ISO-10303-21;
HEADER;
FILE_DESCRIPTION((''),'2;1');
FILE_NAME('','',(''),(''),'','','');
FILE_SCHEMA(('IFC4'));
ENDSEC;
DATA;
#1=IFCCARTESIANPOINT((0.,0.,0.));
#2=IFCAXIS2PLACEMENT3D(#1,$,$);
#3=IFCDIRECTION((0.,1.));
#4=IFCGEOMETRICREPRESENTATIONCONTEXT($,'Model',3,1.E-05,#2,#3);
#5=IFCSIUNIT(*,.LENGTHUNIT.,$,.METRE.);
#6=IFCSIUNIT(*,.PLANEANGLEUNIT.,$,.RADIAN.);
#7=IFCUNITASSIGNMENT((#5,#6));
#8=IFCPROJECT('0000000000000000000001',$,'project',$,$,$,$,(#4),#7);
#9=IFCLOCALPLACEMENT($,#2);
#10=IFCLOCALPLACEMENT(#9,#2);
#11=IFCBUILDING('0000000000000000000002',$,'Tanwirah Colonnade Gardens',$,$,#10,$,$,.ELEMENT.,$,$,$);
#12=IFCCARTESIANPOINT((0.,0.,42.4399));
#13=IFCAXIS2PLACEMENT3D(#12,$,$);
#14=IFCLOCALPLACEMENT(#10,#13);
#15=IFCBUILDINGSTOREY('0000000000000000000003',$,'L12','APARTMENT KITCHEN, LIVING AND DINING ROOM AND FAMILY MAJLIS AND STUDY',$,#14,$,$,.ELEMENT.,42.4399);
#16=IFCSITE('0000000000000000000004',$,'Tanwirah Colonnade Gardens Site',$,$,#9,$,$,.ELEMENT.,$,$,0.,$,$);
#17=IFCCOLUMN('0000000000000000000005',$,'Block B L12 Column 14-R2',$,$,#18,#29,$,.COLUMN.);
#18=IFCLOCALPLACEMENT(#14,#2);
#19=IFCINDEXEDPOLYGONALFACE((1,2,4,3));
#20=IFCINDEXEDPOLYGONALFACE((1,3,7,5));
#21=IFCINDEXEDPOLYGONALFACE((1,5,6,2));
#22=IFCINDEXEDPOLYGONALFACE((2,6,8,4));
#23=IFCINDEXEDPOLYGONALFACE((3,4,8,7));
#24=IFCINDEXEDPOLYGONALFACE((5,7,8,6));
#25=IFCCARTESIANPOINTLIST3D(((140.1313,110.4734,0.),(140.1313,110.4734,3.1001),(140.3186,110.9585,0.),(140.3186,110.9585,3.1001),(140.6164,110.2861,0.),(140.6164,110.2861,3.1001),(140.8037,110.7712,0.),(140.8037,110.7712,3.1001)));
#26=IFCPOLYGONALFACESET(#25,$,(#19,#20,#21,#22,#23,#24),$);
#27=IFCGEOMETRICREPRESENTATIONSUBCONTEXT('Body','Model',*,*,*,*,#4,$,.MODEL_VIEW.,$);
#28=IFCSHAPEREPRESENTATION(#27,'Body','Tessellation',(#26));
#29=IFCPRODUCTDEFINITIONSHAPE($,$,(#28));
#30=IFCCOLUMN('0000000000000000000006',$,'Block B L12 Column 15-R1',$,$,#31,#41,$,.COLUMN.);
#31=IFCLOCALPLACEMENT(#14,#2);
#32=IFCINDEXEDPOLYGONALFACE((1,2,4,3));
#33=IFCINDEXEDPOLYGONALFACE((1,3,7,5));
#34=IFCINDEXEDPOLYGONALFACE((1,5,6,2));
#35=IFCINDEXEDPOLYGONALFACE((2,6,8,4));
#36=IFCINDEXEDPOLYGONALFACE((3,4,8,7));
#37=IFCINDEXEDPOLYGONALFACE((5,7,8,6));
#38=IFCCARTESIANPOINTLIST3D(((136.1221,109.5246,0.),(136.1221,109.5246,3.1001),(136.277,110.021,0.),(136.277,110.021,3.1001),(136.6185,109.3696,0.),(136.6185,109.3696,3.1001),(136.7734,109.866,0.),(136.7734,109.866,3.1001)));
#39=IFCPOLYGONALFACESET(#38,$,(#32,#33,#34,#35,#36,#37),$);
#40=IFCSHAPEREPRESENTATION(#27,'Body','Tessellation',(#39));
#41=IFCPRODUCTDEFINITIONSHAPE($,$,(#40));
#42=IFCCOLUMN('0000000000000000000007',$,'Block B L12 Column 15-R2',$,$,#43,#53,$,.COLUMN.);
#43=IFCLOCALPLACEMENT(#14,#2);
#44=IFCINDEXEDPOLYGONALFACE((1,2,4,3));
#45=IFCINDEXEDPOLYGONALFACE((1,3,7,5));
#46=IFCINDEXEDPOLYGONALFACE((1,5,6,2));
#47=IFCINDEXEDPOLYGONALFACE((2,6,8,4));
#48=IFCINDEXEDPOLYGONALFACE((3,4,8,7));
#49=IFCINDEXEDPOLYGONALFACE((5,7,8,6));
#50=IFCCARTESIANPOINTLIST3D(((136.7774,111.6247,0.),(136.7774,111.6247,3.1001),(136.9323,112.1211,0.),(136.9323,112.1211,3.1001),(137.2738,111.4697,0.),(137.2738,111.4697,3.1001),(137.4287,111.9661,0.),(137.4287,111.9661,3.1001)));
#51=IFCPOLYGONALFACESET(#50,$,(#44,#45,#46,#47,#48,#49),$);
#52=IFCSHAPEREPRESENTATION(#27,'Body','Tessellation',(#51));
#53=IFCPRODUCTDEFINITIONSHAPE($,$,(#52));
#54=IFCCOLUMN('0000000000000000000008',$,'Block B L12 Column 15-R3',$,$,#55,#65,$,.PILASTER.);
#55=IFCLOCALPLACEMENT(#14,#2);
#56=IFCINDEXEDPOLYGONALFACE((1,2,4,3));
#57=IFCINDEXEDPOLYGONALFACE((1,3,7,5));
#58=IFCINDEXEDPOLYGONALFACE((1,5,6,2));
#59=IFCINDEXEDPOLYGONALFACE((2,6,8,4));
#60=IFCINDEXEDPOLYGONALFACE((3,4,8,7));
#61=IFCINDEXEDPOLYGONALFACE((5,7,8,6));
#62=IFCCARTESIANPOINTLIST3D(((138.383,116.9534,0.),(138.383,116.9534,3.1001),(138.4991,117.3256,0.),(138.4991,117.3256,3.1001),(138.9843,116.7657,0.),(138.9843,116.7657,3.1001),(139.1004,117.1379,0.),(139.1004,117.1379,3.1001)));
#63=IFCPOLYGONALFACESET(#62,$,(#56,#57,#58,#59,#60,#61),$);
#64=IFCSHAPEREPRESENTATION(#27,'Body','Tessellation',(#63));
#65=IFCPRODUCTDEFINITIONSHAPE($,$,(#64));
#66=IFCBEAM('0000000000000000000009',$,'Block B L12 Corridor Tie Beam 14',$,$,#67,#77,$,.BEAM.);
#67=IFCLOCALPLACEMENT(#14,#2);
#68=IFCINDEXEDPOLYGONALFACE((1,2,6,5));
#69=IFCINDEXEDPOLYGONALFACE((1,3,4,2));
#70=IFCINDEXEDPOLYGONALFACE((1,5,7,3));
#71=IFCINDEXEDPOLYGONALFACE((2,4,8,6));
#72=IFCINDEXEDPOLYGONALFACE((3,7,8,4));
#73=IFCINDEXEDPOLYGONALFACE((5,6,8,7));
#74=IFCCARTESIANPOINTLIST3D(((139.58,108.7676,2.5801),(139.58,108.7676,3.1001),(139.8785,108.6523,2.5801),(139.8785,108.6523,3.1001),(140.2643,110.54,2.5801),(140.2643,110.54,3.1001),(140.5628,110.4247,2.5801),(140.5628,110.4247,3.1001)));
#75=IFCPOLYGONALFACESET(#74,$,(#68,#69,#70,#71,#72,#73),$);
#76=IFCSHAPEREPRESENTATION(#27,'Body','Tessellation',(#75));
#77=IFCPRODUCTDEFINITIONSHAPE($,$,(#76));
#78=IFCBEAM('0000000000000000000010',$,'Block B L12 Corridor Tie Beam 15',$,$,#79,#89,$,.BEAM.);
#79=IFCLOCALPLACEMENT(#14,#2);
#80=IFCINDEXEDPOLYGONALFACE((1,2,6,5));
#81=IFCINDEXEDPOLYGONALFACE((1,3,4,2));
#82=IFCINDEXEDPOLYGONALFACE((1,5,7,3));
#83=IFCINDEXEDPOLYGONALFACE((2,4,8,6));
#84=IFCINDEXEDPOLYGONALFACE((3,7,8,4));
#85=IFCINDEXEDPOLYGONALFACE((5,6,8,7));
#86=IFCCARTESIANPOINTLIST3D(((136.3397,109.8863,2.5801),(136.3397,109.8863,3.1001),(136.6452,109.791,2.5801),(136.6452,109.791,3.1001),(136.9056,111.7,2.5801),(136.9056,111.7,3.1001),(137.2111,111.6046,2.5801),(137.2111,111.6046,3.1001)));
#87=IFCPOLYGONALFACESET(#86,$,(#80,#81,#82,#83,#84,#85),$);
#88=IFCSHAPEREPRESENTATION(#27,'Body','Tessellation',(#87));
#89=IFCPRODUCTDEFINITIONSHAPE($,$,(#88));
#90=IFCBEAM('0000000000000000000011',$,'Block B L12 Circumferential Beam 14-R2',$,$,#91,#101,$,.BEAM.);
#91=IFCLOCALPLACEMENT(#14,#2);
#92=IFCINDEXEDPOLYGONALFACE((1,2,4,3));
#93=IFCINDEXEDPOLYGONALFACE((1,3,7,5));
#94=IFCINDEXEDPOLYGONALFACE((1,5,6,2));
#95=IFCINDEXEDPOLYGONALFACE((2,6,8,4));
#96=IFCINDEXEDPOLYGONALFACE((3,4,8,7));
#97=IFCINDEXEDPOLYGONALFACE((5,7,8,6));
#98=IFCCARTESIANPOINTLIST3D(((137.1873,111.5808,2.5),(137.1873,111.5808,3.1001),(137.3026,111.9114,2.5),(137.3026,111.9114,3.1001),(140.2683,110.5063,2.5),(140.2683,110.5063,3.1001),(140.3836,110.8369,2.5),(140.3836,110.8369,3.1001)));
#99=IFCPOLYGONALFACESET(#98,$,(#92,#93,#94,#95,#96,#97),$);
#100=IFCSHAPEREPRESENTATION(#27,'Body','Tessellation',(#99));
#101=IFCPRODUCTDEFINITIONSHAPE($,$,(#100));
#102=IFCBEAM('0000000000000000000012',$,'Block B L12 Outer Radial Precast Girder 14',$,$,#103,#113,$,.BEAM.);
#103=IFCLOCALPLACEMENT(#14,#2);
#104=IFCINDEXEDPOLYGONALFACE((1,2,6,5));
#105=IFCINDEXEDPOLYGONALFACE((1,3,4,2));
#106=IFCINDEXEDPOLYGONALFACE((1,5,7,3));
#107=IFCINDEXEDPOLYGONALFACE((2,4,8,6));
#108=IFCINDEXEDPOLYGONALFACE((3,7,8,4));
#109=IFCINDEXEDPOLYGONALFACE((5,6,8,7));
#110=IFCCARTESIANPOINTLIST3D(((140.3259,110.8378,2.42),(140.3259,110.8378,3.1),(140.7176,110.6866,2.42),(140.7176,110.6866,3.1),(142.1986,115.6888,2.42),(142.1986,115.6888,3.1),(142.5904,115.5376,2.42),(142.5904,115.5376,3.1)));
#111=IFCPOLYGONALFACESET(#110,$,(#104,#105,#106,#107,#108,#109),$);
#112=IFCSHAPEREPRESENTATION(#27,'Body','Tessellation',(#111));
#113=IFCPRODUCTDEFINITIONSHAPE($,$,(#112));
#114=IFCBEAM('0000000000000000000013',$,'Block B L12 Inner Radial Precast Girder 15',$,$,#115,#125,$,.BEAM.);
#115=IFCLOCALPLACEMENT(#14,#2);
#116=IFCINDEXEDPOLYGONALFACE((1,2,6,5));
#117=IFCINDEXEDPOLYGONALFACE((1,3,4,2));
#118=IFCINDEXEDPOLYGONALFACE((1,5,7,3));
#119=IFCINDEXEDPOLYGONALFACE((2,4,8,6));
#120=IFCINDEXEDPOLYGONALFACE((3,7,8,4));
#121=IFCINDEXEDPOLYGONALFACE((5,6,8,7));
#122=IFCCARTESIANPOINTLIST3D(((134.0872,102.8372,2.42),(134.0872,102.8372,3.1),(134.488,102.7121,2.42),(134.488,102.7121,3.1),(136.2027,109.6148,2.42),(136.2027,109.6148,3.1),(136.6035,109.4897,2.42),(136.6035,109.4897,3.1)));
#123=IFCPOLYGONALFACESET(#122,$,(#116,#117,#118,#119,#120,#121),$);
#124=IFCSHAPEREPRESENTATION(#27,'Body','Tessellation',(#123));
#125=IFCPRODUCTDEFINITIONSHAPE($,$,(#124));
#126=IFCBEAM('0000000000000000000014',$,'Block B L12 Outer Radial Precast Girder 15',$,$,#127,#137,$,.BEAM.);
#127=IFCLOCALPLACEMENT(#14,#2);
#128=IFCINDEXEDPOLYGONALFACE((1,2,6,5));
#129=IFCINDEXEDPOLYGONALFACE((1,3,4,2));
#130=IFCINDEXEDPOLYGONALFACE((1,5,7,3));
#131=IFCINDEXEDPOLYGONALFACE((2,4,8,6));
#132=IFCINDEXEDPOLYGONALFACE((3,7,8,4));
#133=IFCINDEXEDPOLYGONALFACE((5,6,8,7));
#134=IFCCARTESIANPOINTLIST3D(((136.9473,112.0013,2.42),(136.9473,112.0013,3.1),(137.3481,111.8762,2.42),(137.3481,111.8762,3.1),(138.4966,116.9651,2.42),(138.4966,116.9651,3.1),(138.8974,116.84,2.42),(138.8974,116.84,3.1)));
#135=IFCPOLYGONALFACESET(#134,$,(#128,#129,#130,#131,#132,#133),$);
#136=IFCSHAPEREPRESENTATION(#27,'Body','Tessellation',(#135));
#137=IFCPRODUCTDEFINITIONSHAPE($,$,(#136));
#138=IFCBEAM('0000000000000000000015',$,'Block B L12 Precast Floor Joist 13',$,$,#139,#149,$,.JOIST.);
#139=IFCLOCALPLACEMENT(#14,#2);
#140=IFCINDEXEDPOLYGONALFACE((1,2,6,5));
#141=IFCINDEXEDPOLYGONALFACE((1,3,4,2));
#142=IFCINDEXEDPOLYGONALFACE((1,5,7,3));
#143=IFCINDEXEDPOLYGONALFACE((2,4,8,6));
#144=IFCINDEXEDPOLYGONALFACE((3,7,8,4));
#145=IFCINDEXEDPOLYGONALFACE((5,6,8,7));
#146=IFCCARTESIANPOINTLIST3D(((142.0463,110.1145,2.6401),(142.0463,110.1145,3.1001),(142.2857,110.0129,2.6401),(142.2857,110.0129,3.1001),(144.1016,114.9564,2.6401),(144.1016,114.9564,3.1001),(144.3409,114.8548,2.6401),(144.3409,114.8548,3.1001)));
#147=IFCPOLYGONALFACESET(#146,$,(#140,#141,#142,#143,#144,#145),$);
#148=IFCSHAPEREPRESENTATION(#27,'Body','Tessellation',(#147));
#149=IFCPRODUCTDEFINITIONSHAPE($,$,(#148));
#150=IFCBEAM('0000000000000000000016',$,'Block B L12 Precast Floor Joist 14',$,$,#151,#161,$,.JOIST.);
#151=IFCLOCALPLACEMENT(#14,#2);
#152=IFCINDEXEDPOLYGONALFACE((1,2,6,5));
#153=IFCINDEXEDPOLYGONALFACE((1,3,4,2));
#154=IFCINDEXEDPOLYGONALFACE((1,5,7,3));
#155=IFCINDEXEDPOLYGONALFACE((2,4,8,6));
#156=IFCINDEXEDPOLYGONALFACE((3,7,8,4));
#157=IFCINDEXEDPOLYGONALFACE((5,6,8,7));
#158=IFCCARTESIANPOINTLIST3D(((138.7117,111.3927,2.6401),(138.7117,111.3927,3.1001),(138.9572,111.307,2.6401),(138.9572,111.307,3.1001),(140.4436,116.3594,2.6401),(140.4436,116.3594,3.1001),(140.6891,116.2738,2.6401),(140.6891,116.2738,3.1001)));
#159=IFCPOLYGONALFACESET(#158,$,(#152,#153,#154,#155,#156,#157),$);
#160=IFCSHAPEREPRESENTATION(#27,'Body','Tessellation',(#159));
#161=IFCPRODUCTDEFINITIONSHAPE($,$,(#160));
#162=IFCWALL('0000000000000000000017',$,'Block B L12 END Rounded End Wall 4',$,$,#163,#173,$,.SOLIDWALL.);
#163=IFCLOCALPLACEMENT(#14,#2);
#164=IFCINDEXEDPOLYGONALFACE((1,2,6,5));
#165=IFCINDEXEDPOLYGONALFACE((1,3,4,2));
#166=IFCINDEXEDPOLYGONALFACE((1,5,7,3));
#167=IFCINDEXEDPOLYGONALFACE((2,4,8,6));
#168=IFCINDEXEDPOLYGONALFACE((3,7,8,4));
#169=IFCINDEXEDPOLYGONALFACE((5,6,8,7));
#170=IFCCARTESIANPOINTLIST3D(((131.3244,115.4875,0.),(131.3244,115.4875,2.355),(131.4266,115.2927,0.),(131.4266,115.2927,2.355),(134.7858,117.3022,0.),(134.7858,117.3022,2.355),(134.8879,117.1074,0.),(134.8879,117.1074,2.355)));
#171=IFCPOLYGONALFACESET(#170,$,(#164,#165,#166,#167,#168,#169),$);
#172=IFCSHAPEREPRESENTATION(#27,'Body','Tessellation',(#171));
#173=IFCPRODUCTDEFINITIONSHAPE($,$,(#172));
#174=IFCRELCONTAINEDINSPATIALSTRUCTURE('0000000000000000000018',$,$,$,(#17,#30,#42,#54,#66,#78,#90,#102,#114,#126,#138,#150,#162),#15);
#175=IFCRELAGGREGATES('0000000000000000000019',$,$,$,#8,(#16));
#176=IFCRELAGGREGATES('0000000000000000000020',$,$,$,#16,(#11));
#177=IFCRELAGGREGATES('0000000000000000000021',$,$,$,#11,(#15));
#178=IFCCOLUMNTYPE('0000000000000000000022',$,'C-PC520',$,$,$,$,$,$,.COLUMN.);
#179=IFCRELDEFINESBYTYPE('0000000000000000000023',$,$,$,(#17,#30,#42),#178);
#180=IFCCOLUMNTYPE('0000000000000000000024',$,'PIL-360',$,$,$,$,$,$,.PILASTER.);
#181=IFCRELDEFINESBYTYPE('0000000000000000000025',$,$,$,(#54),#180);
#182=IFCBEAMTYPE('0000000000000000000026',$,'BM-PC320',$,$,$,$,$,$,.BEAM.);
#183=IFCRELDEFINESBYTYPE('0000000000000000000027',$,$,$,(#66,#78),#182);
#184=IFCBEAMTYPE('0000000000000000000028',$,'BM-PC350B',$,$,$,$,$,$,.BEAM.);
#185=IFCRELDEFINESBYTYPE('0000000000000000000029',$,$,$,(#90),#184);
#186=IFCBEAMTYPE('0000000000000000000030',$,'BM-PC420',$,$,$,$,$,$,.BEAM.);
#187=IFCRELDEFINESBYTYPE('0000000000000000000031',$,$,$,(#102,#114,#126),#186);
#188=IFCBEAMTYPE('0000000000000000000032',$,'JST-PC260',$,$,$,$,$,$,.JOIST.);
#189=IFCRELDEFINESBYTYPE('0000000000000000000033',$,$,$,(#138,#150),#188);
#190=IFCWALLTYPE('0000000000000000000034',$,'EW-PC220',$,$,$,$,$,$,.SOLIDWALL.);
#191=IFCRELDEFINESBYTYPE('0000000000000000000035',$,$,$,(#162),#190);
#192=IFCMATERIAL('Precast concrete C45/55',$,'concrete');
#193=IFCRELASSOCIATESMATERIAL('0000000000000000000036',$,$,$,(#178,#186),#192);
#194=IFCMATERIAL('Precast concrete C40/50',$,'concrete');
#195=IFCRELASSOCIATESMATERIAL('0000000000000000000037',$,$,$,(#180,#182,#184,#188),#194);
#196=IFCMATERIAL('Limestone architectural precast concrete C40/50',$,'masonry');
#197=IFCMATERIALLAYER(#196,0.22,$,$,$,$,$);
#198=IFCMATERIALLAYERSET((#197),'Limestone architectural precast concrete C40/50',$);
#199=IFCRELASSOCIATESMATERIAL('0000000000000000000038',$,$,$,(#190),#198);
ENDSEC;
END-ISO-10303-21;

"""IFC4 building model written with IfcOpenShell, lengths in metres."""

from ifc_helpers import new_model, si_unit, direction, frame, frame_2d, origin, origin_2d, place, context, subcontext, project, spatial, rectangle, extrude, material, layer, layer_set, material_profile, profile_set, type_object, element, save


model = new_model("IFC4")

# Units and contexts
model_context = context("Model", 3, precision=1e-05, world=origin(), true_north=direction((0.0, 1.0)))
body_context = subcontext(model_context, "Body", "Model", "MODEL_VIEW")
ifc_project = project(units=[si_unit("LENGTHUNIT", "METRE"), si_unit("PLANEANGLEUNIT", "RADIAN")], contexts=[model_context])

# Site, building, storey
site_placement = place(None, origin())
site = spatial("IfcSite", under=ifc_project, at=site_placement, Name="Tanwirah Colonnade Gardens Site", CompositionType="ELEMENT", RefElevation=0.0)
building_placement = place(site_placement, origin())
building = spatial("IfcBuilding", under=site, at=building_placement, Name="Tanwirah Colonnade Gardens", CompositionType="ELEMENT")
storey_placement = place(building_placement, frame((0.0, 0.0, 42.4399)))
storey = spatial("IfcBuildingStorey", under=building, at=storey_placement, Name="L12", Description="APARTMENT KITCHEN, LIVING AND DINING ROOM AND FAMILY MAJLIS AND STUDY", CompositionType="ELEMENT", Elevation=42.4399)

# Columns
ifc_material_1 = material(Name="Precast concrete C45/55", Category="concrete")
ifc_material_profile_1 = material_profile(ifc_material_1, rectangle(XDim=0.52, YDim=0.52, at=origin_2d()), Name="PC-COL 520x520")
ifc_profile_set_1 = profile_set([ifc_material_profile_1], Name="Precast concrete C45/55")
column_type_1 = type_object("IfcColumnType", Name="C-PC520", PredefinedType="COLUMN", material=ifc_profile_set_1)
for number, where, z_axis, x_axis, name in (
    (1, (140.4675, 110.6223, 0.0), (0.0, 0.0, 1.0), (0.360178, 0.932884, 0.0), "Block B L12 Column 14-R2"),
    (2, (136.4478, 109.6953, 0.0), (0.0, 0.0, 1.0), (0.29793, 0.954588, 0.0), "Block B L12 Column 15-R1"),
    (3, (137.103, 111.7954, 0.0), (0.0, 0.0, 1.0), (0.29793, 0.954588, 0.0), "Block B L12 Column 15-R2"),
):
    element("IfcColumn", number, at=place(storey_placement, frame(where, z_axis=z_axis, x_axis=x_axis)), inside=storey, type_object=column_type_1, Name=name, PredefinedType="COLUMN", context=body_context, shape_type="SweptSolid", body=[
        extrude(rectangle(XDim=0.52, YDim=0.52, at=origin_2d()), origin(), (0.0, 0.0, 1.0), 3.1001),
    ])
ifc_material_2 = material(Name="Precast concrete C40/50", Category="concrete")
ifc_material_profile_2 = material_profile(ifc_material_2, rectangle(XDim=0.3899, YDim=0.6299, at=origin_2d()), Name="PC-PIL 390x630")
ifc_profile_set_2 = profile_set([ifc_material_profile_2], Name="Precast concrete C40/50")
column_type_2 = type_object("IfcColumnType", Name="PIL-360", PredefinedType="PILASTER", material=ifc_profile_set_2)
column_placement = place(storey_placement, frame((138.7417, 117.0457, 0.0), z_axis=(0.0, 0.0, 1.0), x_axis=(0.29793, 0.954588, 0.0)))
element("IfcColumn", 4, at=column_placement, inside=storey, type_object=column_type_2, Name="Block B L12 Column 15-R3", PredefinedType="PILASTER", context=body_context, shape_type="SweptSolid", body=[
    extrude(rectangle(XDim=0.3899, YDim=0.6299, at=origin_2d()), origin(), (0.0, 0.0, 1.0), 3.1001),
])

# Beams
ifc_material_profile_3 = material_profile(ifc_material_2, rectangle(XDim=0.3201, YDim=0.52, at=origin_2d()), Name="PC-BM 320x520")
ifc_profile_set_3 = profile_set([ifc_material_profile_3], Name="Precast concrete C40/50")
beam_type_1 = type_object("IfcBeamType", Name="BM-PC320", PredefinedType="BEAM", material=ifc_profile_set_3)
for number, where, z_axis, x_axis, name in (
    (5, (139.7292, 108.71, 2.8401), (0.360176, 0.932885, 0.0), (-0.932885, 0.360176, 0.0), "Block B L12 Corridor Tie Beam 14"),
    (6, (136.4924, 109.8386, 2.8401), (0.297858, 0.95461, 0.0), (-0.95461, 0.297858, 0.0), "Block B L12 Corridor Tie Beam 15"),
):
    element("IfcBeam", number, at=place(storey_placement, frame(where, z_axis=z_axis, x_axis=x_axis)), inside=storey, type_object=beam_type_1, Name=name, PredefinedType="BEAM", context=body_context, shape_type="SweptSolid", body=[
        extrude(rectangle(XDim=0.3201, YDim=0.52, at=origin_2d()), origin(), (0.0, 0.0, 1.0), 1.8999),
    ])
ifc_material_profile_4 = material_profile(ifc_material_2, rectangle(XDim=0.3501, YDim=0.6001, at=origin_2d()), Name="PC-BM 350x600")
ifc_profile_set_4 = profile_set([ifc_material_profile_4], Name="Precast concrete C40/50")
beam_type_2 = type_object("IfcBeamType", Name="BM-PC350B", PredefinedType="BEAM", material=ifc_profile_set_4)
beam_1_placement = place(storey_placement, frame((140.3259, 110.6716, 2.8), z_axis=(-0.944231, 0.329284, 0.0), x_axis=(-0.329284, -0.944231, 0.0)))
element("IfcBeam", 7, at=beam_1_placement, inside=storey, type_object=beam_type_2, Name="Block B L12 Circumferential Beam 14-R2", PredefinedType="BEAM", context=body_context, shape_type="SweptSolid", body=[
    extrude(rectangle(XDim=0.3501, YDim=0.6001, at=origin_2d()), origin(), (0.0, 0.0, 1.0), 3.2629),
])
ifc_material_profile_5 = material_profile(ifc_material_1, rectangle(XDim=0.4199, YDim=0.6799, at=origin_2d()), Name="PC-BM 420x680")
ifc_profile_set_5 = profile_set([ifc_material_profile_5], Name="Precast concrete C45/55")
beam_type_3 = type_object("IfcBeamType", Name="BM-PC420", PredefinedType="BEAM", material=ifc_profile_set_5)
beam_2_placement = place(storey_placement, frame((140.5217, 110.7622, 2.76), z_axis=(0.360152, 0.932894, 0.0), x_axis=(-0.932894, 0.360152, 0.0)))
element("IfcBeam", 8, at=beam_2_placement, inside=storey, type_object=beam_type_3, Name="Block B L12 Outer Radial Precast Girder 14", PredefinedType="BEAM", context=body_context, shape_type="SweptSolid", body=[
    extrude(rectangle(XDim=0.4199, YDim=0.6799, at=origin_2d()), origin(), (0.0, 0.0, 1.0), 5.2),
])
beam_3_placement = place(storey_placement, frame((136.4031, 109.5522, 2.76), z_axis=(-0.297952, -0.954581, 0.0), x_axis=(0.954581, -0.297952, 0.0)))
element("IfcBeam", 9, at=beam_3_placement, inside=storey, type_object=beam_type_3, Name="Block B L12 Inner Radial Precast Girder 15", PredefinedType="BEAM", context=body_context, shape_type="SweptSolid", body=[
    extrude(rectangle(XDim=0.4199, YDim=0.6799, at=origin_2d()), origin(), (0.0, 0.0, 1.0), 7.1001),
])
beam_4_placement = place(storey_placement, frame((137.1477, 111.9387, 2.76), z_axis=(0.297943, 0.954584, 0.0), x_axis=(-0.954584, 0.297943, 0.0)))
element("IfcBeam", 10, at=beam_4_placement, inside=storey, type_object=beam_type_3, Name="Block B L12 Outer Radial Precast Girder 15", PredefinedType="BEAM", context=body_context, shape_type="SweptSolid", body=[
    extrude(rectangle(XDim=0.4199, YDim=0.6799, at=origin_2d()), origin(), (0.0, 0.0, 1.0), 5.2),
])
ifc_material_profile_6 = material_profile(ifc_material_2, rectangle(XDim=0.26, YDim=0.46, at=origin_2d()), Name="PC-JST 260x460")
ifc_profile_set_6 = profile_set([ifc_material_profile_6], Name="Precast concrete C40/50")
beam_type_4 = type_object("IfcBeamType", Name="JST-PC260", PredefinedType="JOIST", material=ifc_profile_set_6)
for number, where, z_axis, x_axis, name in (
    (11, (142.166, 110.0637, 2.8701), (0.390724, 0.920508, 0.0), (-0.920508, 0.390724, 0.0), "Block B L12 Precast Floor Joist 13"),
    (12, (138.8345, 111.3499, 2.8701), (0.329259, 0.94424, 0.0), (-0.94424, 0.329259, 0.0), "Block B L12 Precast Floor Joist 14"),
):
    element("IfcBeam", number, at=place(storey_placement, frame(where, z_axis=z_axis, x_axis=x_axis)), inside=storey, type_object=beam_type_4, Name=name, PredefinedType="JOIST", context=body_context, shape_type="SweptSolid", body=[
        extrude(rectangle(XDim=0.26, YDim=0.46, at=origin_2d()), origin(), (0.0, 0.0, 1.0), 5.26),
    ])

# Wall
ifc_material_3 = material(Name="Limestone architectural precast concrete C40/50", Category="masonry")
ifc_layer_1 = layer(ifc_material_3, 0.22)
ifc_layer_set_1 = layer_set([ifc_layer_1], Name="Limestone architectural precast concrete C40/50")
wall_type_1 = type_object("IfcWallType", Name="EW-PC220", PredefinedType="SOLIDWALL", material=ifc_layer_set_1)
wall_1_placement = place(storey_placement, frame((131.3755, 115.3901, 0.0), z_axis=(0.0, 0.0, 1.0), x_axis=(0.885666, 0.464322, 0.0)))
element("IfcWall", 13, at=wall_1_placement, inside=storey, type_object=wall_type_1, Name="Block B L12 END Rounded End Wall 4", PredefinedType="SOLIDWALL", context=body_context, shape_type="SweptSolid", body=[
    extrude(rectangle(XDim=3.9082, YDim=0.22, at=frame_2d((1.9541, 0.0))), origin(), (0.0, 0.0, 1.0), 2.355),
])

save(model, "model.ifc")
